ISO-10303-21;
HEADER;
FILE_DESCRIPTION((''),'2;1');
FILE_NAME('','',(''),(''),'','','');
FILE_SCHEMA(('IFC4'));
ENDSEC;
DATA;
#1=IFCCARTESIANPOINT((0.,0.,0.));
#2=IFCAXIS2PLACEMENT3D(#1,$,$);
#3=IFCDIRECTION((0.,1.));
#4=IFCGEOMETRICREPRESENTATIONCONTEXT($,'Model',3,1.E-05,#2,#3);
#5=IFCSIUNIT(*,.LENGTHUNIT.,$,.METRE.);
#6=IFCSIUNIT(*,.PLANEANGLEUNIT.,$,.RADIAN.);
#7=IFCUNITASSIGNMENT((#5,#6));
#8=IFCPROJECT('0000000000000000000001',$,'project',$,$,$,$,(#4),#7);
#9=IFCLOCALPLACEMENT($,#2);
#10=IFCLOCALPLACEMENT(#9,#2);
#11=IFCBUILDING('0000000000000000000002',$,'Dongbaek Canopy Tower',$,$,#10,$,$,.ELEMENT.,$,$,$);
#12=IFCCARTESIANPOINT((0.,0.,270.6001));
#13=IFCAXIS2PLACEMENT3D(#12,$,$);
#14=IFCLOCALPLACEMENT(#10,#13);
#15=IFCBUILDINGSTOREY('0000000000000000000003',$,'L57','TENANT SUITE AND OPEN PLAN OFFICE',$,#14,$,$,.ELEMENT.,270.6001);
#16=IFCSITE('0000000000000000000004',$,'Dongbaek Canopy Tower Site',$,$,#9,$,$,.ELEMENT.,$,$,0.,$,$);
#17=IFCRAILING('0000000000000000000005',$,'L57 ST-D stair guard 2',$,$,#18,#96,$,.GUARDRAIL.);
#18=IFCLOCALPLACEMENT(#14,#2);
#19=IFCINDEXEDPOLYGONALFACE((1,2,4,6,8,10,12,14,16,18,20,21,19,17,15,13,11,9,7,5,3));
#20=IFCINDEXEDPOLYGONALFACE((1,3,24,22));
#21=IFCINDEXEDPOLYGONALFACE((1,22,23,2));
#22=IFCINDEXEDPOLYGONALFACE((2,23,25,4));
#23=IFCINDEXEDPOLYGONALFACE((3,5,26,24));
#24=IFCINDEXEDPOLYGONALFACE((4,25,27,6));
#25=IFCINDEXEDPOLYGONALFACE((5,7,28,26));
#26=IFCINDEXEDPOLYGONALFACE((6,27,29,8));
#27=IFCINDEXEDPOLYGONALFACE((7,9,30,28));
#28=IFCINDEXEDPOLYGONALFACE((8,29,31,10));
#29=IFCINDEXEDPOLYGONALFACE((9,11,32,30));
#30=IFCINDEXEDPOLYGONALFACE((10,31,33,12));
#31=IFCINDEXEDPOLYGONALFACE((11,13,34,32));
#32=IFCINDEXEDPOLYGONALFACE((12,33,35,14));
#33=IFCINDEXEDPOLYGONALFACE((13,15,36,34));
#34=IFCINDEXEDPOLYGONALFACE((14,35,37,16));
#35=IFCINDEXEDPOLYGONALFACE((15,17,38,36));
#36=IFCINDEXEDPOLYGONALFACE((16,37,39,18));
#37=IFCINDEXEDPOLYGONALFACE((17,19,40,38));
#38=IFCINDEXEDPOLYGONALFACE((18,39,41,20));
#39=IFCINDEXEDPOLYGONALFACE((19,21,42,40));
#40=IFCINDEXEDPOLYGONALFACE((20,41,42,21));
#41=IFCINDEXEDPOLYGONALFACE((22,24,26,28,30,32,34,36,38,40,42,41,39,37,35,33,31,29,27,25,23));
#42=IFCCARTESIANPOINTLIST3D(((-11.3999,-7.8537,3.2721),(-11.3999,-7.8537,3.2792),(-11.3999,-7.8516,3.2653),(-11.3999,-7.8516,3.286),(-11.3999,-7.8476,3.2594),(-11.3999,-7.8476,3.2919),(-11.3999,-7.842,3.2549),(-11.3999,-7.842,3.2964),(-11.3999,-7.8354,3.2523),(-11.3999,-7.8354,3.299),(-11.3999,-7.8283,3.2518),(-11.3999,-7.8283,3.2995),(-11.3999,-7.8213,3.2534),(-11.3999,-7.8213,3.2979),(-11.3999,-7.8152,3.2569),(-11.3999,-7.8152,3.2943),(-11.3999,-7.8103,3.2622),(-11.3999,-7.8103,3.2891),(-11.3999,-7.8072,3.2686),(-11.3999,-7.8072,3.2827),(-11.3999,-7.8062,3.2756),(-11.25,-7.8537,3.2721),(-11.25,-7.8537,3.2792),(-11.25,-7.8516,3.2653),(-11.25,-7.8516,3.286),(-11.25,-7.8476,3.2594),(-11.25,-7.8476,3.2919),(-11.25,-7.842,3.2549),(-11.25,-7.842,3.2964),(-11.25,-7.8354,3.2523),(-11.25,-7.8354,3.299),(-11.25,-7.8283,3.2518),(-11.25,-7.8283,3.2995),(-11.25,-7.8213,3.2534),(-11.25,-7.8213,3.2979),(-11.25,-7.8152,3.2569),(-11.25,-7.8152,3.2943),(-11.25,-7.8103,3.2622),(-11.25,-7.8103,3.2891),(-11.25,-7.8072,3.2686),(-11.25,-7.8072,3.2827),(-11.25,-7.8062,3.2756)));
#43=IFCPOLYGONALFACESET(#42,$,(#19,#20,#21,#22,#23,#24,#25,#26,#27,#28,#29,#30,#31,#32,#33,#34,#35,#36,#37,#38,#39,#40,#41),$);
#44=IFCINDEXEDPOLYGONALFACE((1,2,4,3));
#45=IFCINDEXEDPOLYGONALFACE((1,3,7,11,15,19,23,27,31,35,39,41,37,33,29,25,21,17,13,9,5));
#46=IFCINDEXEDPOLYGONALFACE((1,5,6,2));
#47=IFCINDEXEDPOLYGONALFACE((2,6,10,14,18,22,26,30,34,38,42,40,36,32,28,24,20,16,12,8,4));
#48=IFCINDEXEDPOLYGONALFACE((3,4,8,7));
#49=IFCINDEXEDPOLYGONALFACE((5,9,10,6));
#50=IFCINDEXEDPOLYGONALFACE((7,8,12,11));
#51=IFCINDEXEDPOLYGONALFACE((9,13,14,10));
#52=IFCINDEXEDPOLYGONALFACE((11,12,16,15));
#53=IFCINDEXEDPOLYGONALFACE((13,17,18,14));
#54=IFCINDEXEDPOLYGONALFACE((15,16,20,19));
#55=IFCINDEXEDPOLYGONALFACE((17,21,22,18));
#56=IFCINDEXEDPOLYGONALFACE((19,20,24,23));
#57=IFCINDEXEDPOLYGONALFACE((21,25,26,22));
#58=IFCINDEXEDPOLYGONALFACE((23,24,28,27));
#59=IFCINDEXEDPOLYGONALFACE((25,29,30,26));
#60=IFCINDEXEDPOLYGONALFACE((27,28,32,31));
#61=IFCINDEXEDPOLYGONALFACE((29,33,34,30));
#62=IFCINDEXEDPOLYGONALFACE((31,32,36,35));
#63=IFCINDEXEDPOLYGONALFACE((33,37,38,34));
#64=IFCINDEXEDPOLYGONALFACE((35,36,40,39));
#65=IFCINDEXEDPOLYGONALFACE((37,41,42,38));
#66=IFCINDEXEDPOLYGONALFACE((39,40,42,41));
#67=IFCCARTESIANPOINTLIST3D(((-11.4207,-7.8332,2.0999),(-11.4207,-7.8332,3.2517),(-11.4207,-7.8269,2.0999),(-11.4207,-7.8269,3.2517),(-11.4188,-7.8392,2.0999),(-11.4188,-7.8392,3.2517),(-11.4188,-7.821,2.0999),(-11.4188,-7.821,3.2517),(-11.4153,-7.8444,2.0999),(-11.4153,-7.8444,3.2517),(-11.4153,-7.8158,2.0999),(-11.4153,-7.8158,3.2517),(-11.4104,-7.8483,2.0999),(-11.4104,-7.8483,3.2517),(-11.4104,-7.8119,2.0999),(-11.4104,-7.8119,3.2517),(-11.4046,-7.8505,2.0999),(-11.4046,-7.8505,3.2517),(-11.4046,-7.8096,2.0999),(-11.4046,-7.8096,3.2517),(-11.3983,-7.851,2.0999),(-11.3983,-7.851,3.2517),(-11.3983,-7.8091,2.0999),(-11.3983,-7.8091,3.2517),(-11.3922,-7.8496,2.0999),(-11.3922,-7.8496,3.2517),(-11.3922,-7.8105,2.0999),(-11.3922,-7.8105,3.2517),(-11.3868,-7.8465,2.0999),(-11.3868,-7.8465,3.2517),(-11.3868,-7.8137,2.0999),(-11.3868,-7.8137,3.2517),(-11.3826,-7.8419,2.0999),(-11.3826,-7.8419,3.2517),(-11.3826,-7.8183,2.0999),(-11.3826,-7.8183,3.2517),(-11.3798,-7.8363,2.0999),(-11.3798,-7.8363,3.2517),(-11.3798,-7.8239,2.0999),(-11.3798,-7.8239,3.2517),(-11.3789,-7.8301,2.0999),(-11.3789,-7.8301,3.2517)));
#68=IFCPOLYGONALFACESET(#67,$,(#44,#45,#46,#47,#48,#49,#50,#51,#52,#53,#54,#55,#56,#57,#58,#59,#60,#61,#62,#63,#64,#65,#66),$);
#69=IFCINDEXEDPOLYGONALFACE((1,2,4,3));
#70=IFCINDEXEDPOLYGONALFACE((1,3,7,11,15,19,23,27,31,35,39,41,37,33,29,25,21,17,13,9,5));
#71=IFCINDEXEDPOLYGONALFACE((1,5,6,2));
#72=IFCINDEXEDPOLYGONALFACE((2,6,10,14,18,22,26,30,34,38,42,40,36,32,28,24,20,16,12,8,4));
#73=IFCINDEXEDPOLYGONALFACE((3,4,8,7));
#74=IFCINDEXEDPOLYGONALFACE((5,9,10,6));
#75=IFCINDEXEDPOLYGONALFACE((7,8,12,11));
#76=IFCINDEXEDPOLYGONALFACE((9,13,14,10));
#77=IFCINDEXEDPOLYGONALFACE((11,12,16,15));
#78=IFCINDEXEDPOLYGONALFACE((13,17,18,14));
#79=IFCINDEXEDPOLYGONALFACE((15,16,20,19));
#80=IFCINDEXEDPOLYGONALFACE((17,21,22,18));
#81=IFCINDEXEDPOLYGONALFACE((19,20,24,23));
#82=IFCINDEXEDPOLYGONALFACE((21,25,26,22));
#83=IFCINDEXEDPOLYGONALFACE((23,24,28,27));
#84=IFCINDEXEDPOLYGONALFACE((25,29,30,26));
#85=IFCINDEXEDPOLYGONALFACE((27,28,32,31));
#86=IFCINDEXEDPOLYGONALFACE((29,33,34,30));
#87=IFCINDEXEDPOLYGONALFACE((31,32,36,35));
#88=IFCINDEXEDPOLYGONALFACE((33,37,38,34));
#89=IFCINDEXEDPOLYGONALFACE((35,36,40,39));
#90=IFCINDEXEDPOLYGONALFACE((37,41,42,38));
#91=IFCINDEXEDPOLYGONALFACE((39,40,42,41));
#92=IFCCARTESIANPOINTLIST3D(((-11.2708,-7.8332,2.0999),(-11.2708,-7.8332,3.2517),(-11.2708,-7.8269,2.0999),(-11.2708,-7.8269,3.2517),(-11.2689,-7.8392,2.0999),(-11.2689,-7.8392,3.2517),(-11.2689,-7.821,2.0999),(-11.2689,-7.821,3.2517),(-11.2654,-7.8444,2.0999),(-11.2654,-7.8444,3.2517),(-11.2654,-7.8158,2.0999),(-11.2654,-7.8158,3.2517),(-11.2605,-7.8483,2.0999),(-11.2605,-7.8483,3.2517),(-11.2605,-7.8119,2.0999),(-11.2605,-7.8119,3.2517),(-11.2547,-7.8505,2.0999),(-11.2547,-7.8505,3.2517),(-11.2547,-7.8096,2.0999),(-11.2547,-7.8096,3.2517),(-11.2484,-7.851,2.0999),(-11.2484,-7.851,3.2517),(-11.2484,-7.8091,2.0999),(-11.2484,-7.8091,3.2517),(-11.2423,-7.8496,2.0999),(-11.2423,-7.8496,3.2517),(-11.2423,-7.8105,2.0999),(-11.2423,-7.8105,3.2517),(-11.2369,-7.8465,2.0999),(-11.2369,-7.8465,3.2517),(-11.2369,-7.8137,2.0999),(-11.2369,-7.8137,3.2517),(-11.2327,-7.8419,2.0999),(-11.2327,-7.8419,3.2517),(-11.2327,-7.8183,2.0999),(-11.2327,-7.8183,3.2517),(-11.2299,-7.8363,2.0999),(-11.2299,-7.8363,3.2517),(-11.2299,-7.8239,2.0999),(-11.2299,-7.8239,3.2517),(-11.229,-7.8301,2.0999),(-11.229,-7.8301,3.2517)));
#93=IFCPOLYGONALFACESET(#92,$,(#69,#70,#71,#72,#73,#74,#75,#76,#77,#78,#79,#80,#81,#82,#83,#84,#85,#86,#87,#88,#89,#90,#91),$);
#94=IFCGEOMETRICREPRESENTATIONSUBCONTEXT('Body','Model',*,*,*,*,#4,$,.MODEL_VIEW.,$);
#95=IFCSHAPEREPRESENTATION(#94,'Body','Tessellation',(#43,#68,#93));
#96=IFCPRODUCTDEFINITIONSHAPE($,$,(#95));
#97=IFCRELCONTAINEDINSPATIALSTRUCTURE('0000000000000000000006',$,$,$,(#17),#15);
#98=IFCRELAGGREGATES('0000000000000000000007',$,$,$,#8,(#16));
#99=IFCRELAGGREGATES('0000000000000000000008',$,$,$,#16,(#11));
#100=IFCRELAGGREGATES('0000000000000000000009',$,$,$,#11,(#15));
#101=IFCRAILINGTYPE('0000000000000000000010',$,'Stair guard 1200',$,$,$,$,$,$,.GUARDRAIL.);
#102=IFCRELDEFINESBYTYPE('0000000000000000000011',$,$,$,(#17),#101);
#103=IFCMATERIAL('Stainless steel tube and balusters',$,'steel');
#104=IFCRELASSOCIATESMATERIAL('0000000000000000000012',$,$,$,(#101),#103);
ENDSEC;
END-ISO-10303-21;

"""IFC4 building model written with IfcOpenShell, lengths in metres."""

from ifc_helpers import new_model, si_unit, direction, frame, origin, origin_2d, place, context, subcontext, project, spatial, circle, extrude, material, type_object, element, save


model = new_model("IFC4")

# Units and contexts
model_context = context("Model", 3, precision=1e-05, world=origin(), true_north=direction((0.0, 1.0)))
body_context = subcontext(model_context, "Body", "Model", "MODEL_VIEW")
ifc_project = project(units=[si_unit("LENGTHUNIT", "METRE"), si_unit("PLANEANGLEUNIT", "RADIAN")], contexts=[model_context])

# Site, building, storey
site_placement = place(None, origin())
site = spatial("IfcSite", under=ifc_project, at=site_placement, Name="Dongbaek Canopy Tower Site", CompositionType="ELEMENT", RefElevation=0.0)
building_placement = place(site_placement, origin())
building = spatial("IfcBuilding", under=site, at=building_placement, Name="Dongbaek Canopy Tower", CompositionType="ELEMENT")
storey_placement = place(building_placement, frame((0.0, 0.0, 270.6001)))
storey = spatial("IfcBuildingStorey", under=building, at=storey_placement, Name="L57", Description="TENANT SUITE AND OPEN PLAN OFFICE", CompositionType="ELEMENT", Elevation=270.6001)

# Railing
ifc_material_1 = material(Name="Stainless steel tube and balusters", Category="steel")
railing_type_1 = type_object("IfcRailingType", Name="Stair guard 1200", PredefinedType="GUARDRAIL", material=ifc_material_1)
railing_1_placement = place(storey_placement, frame((-11.3999, -7.8301, 2.0999)))
element("IfcRailing", 1, at=railing_1_placement, inside=storey, type_object=railing_type_1, Name="L57 ST-D stair guard 2", PredefinedType="GUARDRAIL", context=body_context, shape_type="SweptSolid", body=[
    extrude(circle(Radius=0.0239, at=origin_2d()), frame((0.0, 0.0, 1.1758), z_axis=(1.0, 0.0, 0.0), x_axis=(0.0, 1.0, 0.0)), (0.0, 0.0, 1.0), 0.1499),
    extrude(circle(Radius=0.021, at=origin_2d()), origin(), (0.0, 0.0, 1.0), 1.1519),
    extrude(circle(Radius=0.021, at=origin_2d()), frame((0.1499, 0.0, 0.0)), (0.0, 0.0, 1.0), 1.1519),
])

save(model, "model.ifc")
